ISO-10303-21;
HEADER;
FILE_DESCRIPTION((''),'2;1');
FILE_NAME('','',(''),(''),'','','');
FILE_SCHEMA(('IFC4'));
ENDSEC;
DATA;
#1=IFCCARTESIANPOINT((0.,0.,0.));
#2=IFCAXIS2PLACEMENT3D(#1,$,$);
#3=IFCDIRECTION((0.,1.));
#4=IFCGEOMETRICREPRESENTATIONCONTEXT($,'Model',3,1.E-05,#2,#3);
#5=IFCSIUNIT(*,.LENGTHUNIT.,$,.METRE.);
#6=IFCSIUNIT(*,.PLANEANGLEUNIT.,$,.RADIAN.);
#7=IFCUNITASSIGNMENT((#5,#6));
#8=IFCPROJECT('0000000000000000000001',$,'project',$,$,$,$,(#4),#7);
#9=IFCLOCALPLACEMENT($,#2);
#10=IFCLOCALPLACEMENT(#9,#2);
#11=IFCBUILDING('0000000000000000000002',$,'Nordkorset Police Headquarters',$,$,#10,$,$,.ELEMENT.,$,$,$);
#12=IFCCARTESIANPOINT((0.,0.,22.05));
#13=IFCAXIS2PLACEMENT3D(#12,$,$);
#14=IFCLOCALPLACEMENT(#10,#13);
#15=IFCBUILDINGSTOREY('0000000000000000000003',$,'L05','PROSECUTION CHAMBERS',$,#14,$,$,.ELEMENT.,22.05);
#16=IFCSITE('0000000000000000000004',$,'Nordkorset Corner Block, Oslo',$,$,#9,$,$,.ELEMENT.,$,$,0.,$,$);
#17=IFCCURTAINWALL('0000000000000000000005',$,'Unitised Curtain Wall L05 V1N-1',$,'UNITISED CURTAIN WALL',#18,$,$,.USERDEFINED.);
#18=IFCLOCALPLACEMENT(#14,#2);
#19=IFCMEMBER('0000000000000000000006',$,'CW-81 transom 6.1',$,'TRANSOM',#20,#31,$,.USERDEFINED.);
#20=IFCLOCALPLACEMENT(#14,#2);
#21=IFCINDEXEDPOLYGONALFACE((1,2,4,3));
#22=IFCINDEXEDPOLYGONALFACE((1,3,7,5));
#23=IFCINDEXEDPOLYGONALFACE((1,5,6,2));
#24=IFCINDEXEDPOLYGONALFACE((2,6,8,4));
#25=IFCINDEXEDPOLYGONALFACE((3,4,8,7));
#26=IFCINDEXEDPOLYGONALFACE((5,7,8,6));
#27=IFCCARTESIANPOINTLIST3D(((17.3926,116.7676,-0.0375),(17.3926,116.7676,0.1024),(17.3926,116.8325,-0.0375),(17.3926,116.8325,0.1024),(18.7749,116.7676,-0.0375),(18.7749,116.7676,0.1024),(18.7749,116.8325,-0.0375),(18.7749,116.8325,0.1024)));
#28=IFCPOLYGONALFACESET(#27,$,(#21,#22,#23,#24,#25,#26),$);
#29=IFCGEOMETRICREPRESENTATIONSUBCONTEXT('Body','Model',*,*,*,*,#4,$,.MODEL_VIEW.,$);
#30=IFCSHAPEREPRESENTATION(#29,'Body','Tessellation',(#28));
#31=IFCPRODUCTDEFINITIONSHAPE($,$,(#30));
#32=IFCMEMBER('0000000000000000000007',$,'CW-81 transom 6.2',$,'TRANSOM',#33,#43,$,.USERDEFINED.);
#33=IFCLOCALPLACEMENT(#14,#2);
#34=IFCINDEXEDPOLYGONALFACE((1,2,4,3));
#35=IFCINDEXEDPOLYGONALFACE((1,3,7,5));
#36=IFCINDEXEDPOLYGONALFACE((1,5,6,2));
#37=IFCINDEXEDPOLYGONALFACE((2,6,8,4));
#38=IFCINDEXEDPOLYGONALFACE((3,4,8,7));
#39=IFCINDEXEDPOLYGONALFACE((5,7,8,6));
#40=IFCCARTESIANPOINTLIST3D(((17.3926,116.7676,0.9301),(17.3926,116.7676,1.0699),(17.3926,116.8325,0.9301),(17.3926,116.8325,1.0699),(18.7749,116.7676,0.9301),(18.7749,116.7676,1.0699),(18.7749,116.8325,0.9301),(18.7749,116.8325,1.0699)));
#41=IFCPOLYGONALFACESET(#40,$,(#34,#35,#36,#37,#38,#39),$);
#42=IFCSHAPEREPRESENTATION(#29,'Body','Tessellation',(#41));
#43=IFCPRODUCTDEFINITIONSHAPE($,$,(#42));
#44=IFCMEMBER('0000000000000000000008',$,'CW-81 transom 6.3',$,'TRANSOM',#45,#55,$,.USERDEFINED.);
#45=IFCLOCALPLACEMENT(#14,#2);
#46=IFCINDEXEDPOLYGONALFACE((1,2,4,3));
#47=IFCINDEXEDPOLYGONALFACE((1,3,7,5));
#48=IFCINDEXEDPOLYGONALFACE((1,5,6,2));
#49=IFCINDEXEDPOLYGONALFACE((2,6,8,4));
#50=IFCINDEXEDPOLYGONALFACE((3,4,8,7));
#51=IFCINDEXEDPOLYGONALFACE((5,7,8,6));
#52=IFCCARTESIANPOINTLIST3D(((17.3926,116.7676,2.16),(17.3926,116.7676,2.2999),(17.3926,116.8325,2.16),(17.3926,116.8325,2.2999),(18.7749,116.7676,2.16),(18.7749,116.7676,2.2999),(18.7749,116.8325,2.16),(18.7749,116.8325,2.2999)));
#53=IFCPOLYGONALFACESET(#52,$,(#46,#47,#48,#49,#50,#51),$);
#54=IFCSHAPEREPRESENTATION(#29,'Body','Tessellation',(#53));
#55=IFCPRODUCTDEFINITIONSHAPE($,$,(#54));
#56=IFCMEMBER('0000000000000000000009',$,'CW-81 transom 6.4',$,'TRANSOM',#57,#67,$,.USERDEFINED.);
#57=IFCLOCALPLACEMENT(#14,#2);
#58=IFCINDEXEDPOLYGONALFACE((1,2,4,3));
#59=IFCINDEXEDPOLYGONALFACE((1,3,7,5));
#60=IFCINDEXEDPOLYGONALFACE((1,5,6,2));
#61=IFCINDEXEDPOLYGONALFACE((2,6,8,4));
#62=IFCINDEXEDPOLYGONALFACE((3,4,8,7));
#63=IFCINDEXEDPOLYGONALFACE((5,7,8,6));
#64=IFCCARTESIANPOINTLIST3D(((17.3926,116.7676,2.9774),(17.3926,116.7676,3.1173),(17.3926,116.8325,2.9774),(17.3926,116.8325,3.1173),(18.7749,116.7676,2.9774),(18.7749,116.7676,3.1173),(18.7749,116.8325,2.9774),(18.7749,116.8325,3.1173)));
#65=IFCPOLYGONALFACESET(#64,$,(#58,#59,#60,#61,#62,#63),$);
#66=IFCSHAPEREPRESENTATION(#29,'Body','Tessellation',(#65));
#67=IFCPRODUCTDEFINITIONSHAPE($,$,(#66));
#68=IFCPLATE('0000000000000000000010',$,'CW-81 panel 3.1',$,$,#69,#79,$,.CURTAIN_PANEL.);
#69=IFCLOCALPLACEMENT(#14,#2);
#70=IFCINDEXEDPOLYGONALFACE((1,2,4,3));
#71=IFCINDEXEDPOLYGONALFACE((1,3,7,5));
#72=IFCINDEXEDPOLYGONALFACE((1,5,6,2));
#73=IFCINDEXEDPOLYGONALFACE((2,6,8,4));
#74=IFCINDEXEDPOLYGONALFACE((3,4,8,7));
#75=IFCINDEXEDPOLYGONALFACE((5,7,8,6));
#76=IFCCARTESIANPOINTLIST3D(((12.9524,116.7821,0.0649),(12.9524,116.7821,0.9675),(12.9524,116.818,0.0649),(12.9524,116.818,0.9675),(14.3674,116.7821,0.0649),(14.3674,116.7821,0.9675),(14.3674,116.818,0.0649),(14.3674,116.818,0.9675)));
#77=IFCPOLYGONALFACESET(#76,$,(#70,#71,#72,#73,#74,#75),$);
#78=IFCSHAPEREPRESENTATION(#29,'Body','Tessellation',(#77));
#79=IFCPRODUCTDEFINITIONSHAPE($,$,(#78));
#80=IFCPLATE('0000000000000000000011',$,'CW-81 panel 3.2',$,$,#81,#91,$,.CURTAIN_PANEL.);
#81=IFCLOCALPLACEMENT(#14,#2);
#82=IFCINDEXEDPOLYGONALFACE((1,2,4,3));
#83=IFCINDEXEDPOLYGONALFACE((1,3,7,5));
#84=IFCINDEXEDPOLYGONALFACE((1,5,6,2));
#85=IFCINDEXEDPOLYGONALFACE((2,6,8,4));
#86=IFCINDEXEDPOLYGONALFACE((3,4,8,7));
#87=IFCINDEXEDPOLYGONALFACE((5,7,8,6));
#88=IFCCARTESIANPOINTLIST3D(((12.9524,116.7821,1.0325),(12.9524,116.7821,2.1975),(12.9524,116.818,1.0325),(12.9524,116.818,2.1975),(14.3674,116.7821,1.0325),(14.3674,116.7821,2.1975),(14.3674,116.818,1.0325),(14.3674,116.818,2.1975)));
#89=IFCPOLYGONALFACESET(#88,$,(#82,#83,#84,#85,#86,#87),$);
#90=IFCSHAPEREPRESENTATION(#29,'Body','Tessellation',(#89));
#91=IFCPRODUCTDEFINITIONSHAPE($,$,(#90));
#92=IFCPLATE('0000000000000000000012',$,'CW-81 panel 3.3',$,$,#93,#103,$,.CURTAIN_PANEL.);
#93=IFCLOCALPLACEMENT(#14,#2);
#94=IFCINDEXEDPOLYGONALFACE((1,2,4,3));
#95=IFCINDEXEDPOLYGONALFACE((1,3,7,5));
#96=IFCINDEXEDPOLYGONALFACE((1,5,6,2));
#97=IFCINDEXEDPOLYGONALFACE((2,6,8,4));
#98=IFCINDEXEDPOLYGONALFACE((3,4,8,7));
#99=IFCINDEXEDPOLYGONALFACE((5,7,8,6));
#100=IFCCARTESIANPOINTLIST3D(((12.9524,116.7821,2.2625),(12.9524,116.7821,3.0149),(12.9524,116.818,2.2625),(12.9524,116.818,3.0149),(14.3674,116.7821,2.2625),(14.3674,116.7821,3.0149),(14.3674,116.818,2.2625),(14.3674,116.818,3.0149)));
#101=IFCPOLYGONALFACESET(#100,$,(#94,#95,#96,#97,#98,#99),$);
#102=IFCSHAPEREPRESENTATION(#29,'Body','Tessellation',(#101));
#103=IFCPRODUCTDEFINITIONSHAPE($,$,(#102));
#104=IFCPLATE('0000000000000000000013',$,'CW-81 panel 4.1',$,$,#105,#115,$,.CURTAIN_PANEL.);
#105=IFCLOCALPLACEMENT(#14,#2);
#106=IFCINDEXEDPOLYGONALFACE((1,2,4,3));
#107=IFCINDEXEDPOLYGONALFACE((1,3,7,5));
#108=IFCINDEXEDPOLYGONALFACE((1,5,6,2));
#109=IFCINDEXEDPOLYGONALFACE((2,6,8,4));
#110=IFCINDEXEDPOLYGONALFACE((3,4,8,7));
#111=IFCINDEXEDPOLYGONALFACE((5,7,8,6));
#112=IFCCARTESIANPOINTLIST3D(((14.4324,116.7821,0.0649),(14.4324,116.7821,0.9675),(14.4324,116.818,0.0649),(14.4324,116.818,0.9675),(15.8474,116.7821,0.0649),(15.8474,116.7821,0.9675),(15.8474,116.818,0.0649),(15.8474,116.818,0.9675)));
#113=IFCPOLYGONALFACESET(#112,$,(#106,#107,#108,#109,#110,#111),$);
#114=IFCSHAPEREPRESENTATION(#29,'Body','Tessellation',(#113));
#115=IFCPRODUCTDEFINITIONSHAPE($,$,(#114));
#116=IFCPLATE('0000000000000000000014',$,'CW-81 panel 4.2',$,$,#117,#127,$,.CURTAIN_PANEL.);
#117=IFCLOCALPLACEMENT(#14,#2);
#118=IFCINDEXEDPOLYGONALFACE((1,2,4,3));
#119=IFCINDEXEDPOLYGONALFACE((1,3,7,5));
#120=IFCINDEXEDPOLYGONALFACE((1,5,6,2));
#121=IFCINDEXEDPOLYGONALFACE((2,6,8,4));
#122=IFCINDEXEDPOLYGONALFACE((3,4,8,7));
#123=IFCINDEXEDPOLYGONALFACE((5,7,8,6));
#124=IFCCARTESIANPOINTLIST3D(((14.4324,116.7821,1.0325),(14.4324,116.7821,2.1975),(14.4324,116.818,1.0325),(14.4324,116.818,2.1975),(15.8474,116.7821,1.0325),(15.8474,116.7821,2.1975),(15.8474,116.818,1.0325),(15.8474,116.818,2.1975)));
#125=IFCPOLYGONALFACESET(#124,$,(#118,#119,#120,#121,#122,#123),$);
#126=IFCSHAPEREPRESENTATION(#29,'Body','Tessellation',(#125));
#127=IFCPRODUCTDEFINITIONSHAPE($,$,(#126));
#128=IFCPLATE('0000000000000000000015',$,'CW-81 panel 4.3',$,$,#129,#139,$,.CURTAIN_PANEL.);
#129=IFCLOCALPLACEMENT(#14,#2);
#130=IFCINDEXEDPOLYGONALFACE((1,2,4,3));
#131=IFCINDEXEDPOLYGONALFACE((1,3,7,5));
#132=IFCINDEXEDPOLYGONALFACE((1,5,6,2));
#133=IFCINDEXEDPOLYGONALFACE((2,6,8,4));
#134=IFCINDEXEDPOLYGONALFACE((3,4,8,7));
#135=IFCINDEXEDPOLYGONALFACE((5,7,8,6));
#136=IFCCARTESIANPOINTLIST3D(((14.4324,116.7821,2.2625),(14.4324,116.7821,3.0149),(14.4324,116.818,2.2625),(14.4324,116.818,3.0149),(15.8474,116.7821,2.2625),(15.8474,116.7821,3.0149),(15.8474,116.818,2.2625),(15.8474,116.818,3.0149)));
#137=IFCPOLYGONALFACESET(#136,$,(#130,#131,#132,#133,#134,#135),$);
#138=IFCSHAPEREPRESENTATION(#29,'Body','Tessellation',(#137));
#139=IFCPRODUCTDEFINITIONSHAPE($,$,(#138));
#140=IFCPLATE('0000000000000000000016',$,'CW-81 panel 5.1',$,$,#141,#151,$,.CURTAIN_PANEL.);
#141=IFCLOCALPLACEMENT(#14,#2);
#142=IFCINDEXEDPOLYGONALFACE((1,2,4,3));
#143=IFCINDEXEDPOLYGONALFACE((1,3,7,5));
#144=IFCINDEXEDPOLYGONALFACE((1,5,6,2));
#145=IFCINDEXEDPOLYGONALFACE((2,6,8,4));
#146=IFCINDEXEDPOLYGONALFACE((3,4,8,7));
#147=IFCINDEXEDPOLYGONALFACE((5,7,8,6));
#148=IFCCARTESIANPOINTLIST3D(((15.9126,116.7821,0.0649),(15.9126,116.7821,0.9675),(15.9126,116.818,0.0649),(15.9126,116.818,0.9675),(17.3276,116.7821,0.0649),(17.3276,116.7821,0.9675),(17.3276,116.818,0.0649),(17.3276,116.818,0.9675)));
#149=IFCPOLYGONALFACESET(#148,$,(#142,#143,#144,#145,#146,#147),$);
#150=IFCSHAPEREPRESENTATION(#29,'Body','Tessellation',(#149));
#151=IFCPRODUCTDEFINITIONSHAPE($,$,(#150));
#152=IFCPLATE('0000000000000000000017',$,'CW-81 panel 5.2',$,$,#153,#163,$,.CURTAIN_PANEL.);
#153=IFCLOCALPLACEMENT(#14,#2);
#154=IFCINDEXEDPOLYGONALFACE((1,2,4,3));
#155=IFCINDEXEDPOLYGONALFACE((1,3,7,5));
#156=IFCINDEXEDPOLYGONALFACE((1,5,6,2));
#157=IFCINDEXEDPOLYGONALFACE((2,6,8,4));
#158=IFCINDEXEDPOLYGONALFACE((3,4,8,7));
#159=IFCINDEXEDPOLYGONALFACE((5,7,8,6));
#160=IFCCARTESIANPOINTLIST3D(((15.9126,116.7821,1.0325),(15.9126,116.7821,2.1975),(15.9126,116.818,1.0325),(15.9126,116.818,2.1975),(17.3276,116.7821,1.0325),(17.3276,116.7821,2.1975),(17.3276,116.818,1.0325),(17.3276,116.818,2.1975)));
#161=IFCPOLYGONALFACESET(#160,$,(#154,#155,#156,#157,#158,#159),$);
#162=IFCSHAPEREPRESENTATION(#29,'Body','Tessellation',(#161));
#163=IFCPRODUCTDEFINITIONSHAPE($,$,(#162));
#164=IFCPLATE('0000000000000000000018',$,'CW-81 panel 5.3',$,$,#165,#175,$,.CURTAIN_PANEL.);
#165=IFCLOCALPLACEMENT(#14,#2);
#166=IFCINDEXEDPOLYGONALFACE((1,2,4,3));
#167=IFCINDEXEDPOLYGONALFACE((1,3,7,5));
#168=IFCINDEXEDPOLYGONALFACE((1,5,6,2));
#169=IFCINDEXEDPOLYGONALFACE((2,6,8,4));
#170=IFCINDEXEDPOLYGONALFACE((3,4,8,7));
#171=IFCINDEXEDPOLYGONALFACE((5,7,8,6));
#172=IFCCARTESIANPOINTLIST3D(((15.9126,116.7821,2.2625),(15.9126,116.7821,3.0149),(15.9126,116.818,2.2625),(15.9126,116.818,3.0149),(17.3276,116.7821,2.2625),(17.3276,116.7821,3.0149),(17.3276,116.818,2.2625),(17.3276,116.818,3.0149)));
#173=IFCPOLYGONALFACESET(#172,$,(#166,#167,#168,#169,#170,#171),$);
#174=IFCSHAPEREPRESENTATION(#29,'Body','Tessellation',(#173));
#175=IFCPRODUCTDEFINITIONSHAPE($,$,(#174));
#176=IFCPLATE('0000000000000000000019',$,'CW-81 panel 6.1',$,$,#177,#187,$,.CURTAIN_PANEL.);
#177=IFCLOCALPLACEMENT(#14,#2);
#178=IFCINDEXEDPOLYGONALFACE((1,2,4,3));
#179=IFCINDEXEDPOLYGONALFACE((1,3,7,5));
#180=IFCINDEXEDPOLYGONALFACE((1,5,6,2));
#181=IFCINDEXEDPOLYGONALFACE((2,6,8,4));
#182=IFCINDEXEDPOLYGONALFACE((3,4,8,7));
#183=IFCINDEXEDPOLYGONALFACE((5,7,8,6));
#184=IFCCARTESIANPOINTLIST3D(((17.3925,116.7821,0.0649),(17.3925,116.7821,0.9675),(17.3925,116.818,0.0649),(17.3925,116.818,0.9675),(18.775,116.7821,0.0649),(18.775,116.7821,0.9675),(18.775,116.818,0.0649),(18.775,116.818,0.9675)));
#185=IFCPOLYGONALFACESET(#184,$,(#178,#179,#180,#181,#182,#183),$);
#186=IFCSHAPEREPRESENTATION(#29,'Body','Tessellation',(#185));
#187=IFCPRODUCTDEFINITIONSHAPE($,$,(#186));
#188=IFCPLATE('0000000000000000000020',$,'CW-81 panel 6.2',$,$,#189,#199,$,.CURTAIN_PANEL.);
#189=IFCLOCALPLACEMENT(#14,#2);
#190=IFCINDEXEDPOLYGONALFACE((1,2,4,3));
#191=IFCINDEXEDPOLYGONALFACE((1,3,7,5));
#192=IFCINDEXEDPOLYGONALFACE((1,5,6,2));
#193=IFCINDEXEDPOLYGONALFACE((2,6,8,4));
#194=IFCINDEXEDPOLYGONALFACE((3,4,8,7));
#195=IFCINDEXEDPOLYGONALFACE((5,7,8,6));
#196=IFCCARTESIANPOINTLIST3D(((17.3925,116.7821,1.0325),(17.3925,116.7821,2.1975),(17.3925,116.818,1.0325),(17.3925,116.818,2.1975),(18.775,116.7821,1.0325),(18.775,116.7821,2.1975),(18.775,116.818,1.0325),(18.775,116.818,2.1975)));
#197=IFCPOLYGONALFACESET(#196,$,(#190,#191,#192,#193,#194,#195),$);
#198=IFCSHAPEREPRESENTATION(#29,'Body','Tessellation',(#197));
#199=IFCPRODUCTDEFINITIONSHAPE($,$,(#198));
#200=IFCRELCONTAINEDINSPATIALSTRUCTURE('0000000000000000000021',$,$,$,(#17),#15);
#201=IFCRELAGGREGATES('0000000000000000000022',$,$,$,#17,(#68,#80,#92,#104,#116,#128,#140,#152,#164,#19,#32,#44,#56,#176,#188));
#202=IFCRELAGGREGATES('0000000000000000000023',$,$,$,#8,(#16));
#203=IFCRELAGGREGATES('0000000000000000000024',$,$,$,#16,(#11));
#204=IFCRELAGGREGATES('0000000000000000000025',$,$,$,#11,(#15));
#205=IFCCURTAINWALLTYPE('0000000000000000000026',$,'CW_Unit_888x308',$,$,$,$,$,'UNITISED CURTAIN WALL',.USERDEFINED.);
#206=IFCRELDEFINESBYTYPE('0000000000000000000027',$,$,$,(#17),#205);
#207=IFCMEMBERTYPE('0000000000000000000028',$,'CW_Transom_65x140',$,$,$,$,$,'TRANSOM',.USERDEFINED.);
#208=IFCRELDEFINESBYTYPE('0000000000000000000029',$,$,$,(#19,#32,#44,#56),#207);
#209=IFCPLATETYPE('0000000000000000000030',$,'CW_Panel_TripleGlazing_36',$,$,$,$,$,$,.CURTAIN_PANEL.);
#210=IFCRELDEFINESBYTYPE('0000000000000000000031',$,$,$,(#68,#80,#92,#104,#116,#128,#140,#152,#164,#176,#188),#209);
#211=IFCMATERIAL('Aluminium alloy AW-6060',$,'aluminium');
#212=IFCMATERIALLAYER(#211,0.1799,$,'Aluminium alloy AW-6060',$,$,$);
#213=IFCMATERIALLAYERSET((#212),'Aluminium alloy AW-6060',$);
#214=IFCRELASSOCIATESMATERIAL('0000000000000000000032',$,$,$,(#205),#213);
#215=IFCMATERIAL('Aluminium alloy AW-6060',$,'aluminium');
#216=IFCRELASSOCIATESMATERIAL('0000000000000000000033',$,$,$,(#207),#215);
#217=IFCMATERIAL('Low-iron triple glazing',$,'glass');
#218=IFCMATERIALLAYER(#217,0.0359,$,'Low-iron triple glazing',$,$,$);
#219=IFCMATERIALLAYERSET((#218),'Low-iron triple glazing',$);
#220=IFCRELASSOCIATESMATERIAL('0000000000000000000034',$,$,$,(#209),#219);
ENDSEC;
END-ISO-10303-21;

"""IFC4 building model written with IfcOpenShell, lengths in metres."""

from ifc_helpers import new_model, si_unit, direction, frame, origin, origin_2d, place, context, subcontext, project, spatial, rectangle, extrude, material, layer, layer_set, material_profile, profile_set, type_object, element, aggregate, save


model = new_model("IFC4")

# Units and contexts
model_context = context("Model", 3, precision=1e-05, world=origin(), true_north=direction((0.0, 1.0)))
body_context = subcontext(model_context, "Body", "Model", "MODEL_VIEW")
ifc_project = project(units=[si_unit("LENGTHUNIT", "METRE"), si_unit("PLANEANGLEUNIT", "RADIAN")], contexts=[model_context])

# Site, building, storey
site_placement = place(None, origin())
site = spatial("IfcSite", under=ifc_project, at=site_placement, Name="Nordkorset Corner Block, Oslo", CompositionType="ELEMENT", RefElevation=0.0)
building_placement = place(site_placement, origin())
building = spatial("IfcBuilding", under=site, at=building_placement, Name="Nordkorset Police Headquarters", CompositionType="ELEMENT")
storey_placement = place(building_placement, frame((0.0, 0.0, 22.05)))
storey = spatial("IfcBuildingStorey", under=building, at=storey_placement, Name="L05", Description="PROSECUTION CHAMBERS", CompositionType="ELEMENT", Elevation=22.05)

# Curtain wall, members, plates
ifc_material_1 = material(Name="Aluminium alloy AW-6060", Category="aluminium")
ifc_layer_1 = layer(ifc_material_1, 0.1799, Name="Aluminium alloy AW-6060")
ifc_layer_set_1 = layer_set([ifc_layer_1], Name="Aluminium alloy AW-6060")
curtain_wall_type = type_object("IfcCurtainWallType", Name="CW_Unit_888x308", ElementType="UNITISED CURTAIN WALL", PredefinedType="USERDEFINED", material=ifc_layer_set_1)
curtain_wall_placement = place(storey_placement, origin())
curtain_wall = element("IfcCurtainWall", 1, at=curtain_wall_placement, inside=storey, type_object=curtain_wall_type, Name="Unitised Curtain Wall L05 V1N-1", ObjectType="UNITISED CURTAIN WALL", PredefinedType="USERDEFINED")
ifc_material_2 = material(Name="Aluminium alloy AW-6060", Category="aluminium")
ifc_material_profile_1 = material_profile(ifc_material_2, rectangle(XDim=0.0649, YDim=0.1399, at=origin_2d()), Name="ALU TRAN 65x140")
ifc_profile_set_1 = profile_set([ifc_material_profile_1], Name="Aluminium alloy AW-6060")
member_type_1 = type_object("IfcMemberType", Name="CW_Transom_65x140", ElementType="TRANSOM", PredefinedType="USERDEFINED", material=ifc_profile_set_1)
member_1_placement = place(storey_placement, frame((17.3926, 116.8, 0.0325), z_axis=(1.0, 0.0, 0.0), x_axis=(0.0, 1.0, 0.0)))
member_1 = element("IfcMember", 2, at=member_1_placement, type_object=member_type_1, Name="CW-81 transom 6.1", ObjectType="TRANSOM", PredefinedType="USERDEFINED", context=body_context, shape_type="SweptSolid", body=[
    extrude(rectangle(XDim=0.0649, YDim=0.1399, at=origin_2d()), origin(), (0.0, 0.0, 1.0), 1.3823),
])
member_2_placement = place(storey_placement, frame((17.3926, 116.8, 1.0), z_axis=(1.0, 0.0, 0.0), x_axis=(0.0, 1.0, 0.0)))
member_2 = element("IfcMember", 3, at=member_2_placement, type_object=member_type_1, Name="CW-81 transom 6.2", ObjectType="TRANSOM", PredefinedType="USERDEFINED", context=body_context, shape_type="SweptSolid", body=[
    extrude(rectangle(XDim=0.0649, YDim=0.1399, at=origin_2d()), origin(), (0.0, 0.0, 1.0), 1.3823),
])
member_3_placement = place(storey_placement, frame((17.3926, 116.8, 2.23), z_axis=(1.0, 0.0, 0.0), x_axis=(0.0, 1.0, 0.0)))
member_3 = element("IfcMember", 4, at=member_3_placement, type_object=member_type_1, Name="CW-81 transom 6.3", ObjectType="TRANSOM", PredefinedType="USERDEFINED", context=body_context, shape_type="SweptSolid", body=[
    extrude(rectangle(XDim=0.0649, YDim=0.1399, at=origin_2d()), origin(), (0.0, 0.0, 1.0), 1.3823),
])
member_4_placement = place(storey_placement, frame((17.3926, 116.8, 3.0474), z_axis=(1.0, 0.0, 0.0), x_axis=(0.0, 1.0, 0.0)))
member_4 = element("IfcMember", 5, at=member_4_placement, type_object=member_type_1, Name="CW-81 transom 6.4", ObjectType="TRANSOM", PredefinedType="USERDEFINED", context=body_context, shape_type="SweptSolid", body=[
    extrude(rectangle(XDim=0.0649, YDim=0.1399, at=origin_2d()), origin(), (0.0, 0.0, 1.0), 1.3823),
])
ifc_material_3 = material(Name="Low-iron triple glazing", Category="glass")
ifc_layer_2 = layer(ifc_material_3, 0.0359, Name="Low-iron triple glazing")
ifc_layer_set_2 = layer_set([ifc_layer_2], Name="Low-iron triple glazing")
plate_type = type_object("IfcPlateType", Name="CW_Panel_TripleGlazing_36", PredefinedType="CURTAIN_PANEL", material=ifc_layer_set_2)
plate_1_placement = place(storey_placement, frame((13.6599, 116.8, 0.0649), z_axis=(0.0, 0.0, 1.0), x_axis=(1.0, 0.0, 0.0)))
plate_1 = element("IfcPlate", 6, at=plate_1_placement, type_object=plate_type, Name="CW-81 panel 3.1", PredefinedType="CURTAIN_PANEL", context=body_context, shape_type="SweptSolid", body=[
    extrude(rectangle(XDim=1.415, YDim=0.0359, at=origin_2d()), origin(), (0.0, 0.0, 1.0), 0.9026),
])
plate_2_placement = place(storey_placement, frame((13.6599, 116.8, 1.0325), z_axis=(0.0, 0.0, 1.0), x_axis=(1.0, 0.0, 0.0)))
plate_2 = element("IfcPlate", 7, at=plate_2_placement, type_object=plate_type, Name="CW-81 panel 3.2", PredefinedType="CURTAIN_PANEL", context=body_context, shape_type="SweptSolid", body=[
    extrude(rectangle(XDim=1.415, YDim=0.0359, at=origin_2d()), origin(), (0.0, 0.0, 1.0), 1.165),
])
plate_3_placement = place(storey_placement, frame((13.6599, 116.8, 2.2625), z_axis=(0.0, 0.0, 1.0), x_axis=(1.0, 0.0, 0.0)))
plate_3 = element("IfcPlate", 8, at=plate_3_placement, type_object=plate_type, Name="CW-81 panel 3.3", PredefinedType="CURTAIN_PANEL", context=body_context, shape_type="SweptSolid", body=[
    extrude(rectangle(XDim=1.415, YDim=0.0359, at=origin_2d()), origin(), (0.0, 0.0, 1.0), 0.7524),
])
plate_4_placement = place(storey_placement, frame((15.1399, 116.8, 0.0649), z_axis=(0.0, 0.0, 1.0), x_axis=(1.0, 0.0, 0.0)))
plate_4 = element("IfcPlate", 9, at=plate_4_placement, type_object=plate_type, Name="CW-81 panel 4.1", PredefinedType="CURTAIN_PANEL", context=body_context, shape_type="SweptSolid", body=[
    extrude(rectangle(XDim=1.415, YDim=0.0359, at=origin_2d()), origin(), (0.0, 0.0, 1.0), 0.9026),
])
plate_5_placement = place(storey_placement, frame((15.1399, 116.8, 1.0325), z_axis=(0.0, 0.0, 1.0), x_axis=(1.0, 0.0, 0.0)))
plate_5 = element("IfcPlate", 10, at=plate_5_placement, type_object=plate_type, Name="CW-81 panel 4.2", PredefinedType="CURTAIN_PANEL", context=body_context, shape_type="SweptSolid", body=[
    extrude(rectangle(XDim=1.415, YDim=0.0359, at=origin_2d()), origin(), (0.0, 0.0, 1.0), 1.165),
])
plate_6_placement = place(storey_placement, frame((15.1399, 116.8, 2.2625), z_axis=(0.0, 0.0, 1.0), x_axis=(1.0, 0.0, 0.0)))
plate_6 = element("IfcPlate", 11, at=plate_6_placement, type_object=plate_type, Name="CW-81 panel 4.3", PredefinedType="CURTAIN_PANEL", context=body_context, shape_type="SweptSolid", body=[
    extrude(rectangle(XDim=1.415, YDim=0.0359, at=origin_2d()), origin(), (0.0, 0.0, 1.0), 0.7524),
])
plate_7_placement = place(storey_placement, frame((16.6201, 116.8, 0.0649), z_axis=(0.0, 0.0, 1.0), x_axis=(1.0, 0.0, 0.0)))
plate_7 = element("IfcPlate", 12, at=plate_7_placement, type_object=plate_type, Name="CW-81 panel 5.1", PredefinedType="CURTAIN_PANEL", context=body_context, shape_type="SweptSolid", body=[
    extrude(rectangle(XDim=1.415, YDim=0.0359, at=origin_2d()), origin(), (0.0, 0.0, 1.0), 0.9026),
])
plate_8_placement = place(storey_placement, frame((16.6201, 116.8, 1.0325), z_axis=(0.0, 0.0, 1.0), x_axis=(1.0, 0.0, 0.0)))
plate_8 = element("IfcPlate", 13, at=plate_8_placement, type_object=plate_type, Name="CW-81 panel 5.2", PredefinedType="CURTAIN_PANEL", context=body_context, shape_type="SweptSolid", body=[
    extrude(rectangle(XDim=1.415, YDim=0.0359, at=origin_2d()), origin(), (0.0, 0.0, 1.0), 1.165),
])
plate_9_placement = place(storey_placement, frame((16.6201, 116.8, 2.2625), z_axis=(0.0, 0.0, 1.0), x_axis=(1.0, 0.0, 0.0)))
plate_9 = element("IfcPlate", 14, at=plate_9_placement, type_object=plate_type, Name="CW-81 panel 5.3", PredefinedType="CURTAIN_PANEL", context=body_context, shape_type="SweptSolid", body=[
    extrude(rectangle(XDim=1.415, YDim=0.0359, at=origin_2d()), origin(), (0.0, 0.0, 1.0), 0.7524),
])
plate_10_placement = place(storey_placement, frame((18.0837, 116.8, 0.0649), z_axis=(0.0, 0.0, 1.0), x_axis=(1.0, 0.0, 0.0)))
plate_10 = element("IfcPlate", 15, at=plate_10_placement, type_object=plate_type, Name="CW-81 panel 6.1", PredefinedType="CURTAIN_PANEL", context=body_context, shape_type="SweptSolid", body=[
    extrude(rectangle(XDim=1.3826, YDim=0.0359, at=origin_2d()), origin(), (0.0, 0.0, 1.0), 0.9026),
])
plate_11_placement = place(storey_placement, frame((18.0837, 116.8, 1.0325), z_axis=(0.0, 0.0, 1.0), x_axis=(1.0, 0.0, 0.0)))
plate_11 = element("IfcPlate", 16, at=plate_11_placement, type_object=plate_type, Name="CW-81 panel 6.2", PredefinedType="CURTAIN_PANEL", context=body_context, shape_type="SweptSolid", body=[
    extrude(rectangle(XDim=1.3826, YDim=0.0359, at=origin_2d()), origin(), (0.0, 0.0, 1.0), 1.165),
])
aggregate(curtain_wall, [plate_1, plate_2, plate_3, plate_4, plate_5, plate_6, plate_7, plate_8, plate_9, member_1, member_2, member_3, member_4, plate_10, plate_11])

save(model, "model.ifc")
